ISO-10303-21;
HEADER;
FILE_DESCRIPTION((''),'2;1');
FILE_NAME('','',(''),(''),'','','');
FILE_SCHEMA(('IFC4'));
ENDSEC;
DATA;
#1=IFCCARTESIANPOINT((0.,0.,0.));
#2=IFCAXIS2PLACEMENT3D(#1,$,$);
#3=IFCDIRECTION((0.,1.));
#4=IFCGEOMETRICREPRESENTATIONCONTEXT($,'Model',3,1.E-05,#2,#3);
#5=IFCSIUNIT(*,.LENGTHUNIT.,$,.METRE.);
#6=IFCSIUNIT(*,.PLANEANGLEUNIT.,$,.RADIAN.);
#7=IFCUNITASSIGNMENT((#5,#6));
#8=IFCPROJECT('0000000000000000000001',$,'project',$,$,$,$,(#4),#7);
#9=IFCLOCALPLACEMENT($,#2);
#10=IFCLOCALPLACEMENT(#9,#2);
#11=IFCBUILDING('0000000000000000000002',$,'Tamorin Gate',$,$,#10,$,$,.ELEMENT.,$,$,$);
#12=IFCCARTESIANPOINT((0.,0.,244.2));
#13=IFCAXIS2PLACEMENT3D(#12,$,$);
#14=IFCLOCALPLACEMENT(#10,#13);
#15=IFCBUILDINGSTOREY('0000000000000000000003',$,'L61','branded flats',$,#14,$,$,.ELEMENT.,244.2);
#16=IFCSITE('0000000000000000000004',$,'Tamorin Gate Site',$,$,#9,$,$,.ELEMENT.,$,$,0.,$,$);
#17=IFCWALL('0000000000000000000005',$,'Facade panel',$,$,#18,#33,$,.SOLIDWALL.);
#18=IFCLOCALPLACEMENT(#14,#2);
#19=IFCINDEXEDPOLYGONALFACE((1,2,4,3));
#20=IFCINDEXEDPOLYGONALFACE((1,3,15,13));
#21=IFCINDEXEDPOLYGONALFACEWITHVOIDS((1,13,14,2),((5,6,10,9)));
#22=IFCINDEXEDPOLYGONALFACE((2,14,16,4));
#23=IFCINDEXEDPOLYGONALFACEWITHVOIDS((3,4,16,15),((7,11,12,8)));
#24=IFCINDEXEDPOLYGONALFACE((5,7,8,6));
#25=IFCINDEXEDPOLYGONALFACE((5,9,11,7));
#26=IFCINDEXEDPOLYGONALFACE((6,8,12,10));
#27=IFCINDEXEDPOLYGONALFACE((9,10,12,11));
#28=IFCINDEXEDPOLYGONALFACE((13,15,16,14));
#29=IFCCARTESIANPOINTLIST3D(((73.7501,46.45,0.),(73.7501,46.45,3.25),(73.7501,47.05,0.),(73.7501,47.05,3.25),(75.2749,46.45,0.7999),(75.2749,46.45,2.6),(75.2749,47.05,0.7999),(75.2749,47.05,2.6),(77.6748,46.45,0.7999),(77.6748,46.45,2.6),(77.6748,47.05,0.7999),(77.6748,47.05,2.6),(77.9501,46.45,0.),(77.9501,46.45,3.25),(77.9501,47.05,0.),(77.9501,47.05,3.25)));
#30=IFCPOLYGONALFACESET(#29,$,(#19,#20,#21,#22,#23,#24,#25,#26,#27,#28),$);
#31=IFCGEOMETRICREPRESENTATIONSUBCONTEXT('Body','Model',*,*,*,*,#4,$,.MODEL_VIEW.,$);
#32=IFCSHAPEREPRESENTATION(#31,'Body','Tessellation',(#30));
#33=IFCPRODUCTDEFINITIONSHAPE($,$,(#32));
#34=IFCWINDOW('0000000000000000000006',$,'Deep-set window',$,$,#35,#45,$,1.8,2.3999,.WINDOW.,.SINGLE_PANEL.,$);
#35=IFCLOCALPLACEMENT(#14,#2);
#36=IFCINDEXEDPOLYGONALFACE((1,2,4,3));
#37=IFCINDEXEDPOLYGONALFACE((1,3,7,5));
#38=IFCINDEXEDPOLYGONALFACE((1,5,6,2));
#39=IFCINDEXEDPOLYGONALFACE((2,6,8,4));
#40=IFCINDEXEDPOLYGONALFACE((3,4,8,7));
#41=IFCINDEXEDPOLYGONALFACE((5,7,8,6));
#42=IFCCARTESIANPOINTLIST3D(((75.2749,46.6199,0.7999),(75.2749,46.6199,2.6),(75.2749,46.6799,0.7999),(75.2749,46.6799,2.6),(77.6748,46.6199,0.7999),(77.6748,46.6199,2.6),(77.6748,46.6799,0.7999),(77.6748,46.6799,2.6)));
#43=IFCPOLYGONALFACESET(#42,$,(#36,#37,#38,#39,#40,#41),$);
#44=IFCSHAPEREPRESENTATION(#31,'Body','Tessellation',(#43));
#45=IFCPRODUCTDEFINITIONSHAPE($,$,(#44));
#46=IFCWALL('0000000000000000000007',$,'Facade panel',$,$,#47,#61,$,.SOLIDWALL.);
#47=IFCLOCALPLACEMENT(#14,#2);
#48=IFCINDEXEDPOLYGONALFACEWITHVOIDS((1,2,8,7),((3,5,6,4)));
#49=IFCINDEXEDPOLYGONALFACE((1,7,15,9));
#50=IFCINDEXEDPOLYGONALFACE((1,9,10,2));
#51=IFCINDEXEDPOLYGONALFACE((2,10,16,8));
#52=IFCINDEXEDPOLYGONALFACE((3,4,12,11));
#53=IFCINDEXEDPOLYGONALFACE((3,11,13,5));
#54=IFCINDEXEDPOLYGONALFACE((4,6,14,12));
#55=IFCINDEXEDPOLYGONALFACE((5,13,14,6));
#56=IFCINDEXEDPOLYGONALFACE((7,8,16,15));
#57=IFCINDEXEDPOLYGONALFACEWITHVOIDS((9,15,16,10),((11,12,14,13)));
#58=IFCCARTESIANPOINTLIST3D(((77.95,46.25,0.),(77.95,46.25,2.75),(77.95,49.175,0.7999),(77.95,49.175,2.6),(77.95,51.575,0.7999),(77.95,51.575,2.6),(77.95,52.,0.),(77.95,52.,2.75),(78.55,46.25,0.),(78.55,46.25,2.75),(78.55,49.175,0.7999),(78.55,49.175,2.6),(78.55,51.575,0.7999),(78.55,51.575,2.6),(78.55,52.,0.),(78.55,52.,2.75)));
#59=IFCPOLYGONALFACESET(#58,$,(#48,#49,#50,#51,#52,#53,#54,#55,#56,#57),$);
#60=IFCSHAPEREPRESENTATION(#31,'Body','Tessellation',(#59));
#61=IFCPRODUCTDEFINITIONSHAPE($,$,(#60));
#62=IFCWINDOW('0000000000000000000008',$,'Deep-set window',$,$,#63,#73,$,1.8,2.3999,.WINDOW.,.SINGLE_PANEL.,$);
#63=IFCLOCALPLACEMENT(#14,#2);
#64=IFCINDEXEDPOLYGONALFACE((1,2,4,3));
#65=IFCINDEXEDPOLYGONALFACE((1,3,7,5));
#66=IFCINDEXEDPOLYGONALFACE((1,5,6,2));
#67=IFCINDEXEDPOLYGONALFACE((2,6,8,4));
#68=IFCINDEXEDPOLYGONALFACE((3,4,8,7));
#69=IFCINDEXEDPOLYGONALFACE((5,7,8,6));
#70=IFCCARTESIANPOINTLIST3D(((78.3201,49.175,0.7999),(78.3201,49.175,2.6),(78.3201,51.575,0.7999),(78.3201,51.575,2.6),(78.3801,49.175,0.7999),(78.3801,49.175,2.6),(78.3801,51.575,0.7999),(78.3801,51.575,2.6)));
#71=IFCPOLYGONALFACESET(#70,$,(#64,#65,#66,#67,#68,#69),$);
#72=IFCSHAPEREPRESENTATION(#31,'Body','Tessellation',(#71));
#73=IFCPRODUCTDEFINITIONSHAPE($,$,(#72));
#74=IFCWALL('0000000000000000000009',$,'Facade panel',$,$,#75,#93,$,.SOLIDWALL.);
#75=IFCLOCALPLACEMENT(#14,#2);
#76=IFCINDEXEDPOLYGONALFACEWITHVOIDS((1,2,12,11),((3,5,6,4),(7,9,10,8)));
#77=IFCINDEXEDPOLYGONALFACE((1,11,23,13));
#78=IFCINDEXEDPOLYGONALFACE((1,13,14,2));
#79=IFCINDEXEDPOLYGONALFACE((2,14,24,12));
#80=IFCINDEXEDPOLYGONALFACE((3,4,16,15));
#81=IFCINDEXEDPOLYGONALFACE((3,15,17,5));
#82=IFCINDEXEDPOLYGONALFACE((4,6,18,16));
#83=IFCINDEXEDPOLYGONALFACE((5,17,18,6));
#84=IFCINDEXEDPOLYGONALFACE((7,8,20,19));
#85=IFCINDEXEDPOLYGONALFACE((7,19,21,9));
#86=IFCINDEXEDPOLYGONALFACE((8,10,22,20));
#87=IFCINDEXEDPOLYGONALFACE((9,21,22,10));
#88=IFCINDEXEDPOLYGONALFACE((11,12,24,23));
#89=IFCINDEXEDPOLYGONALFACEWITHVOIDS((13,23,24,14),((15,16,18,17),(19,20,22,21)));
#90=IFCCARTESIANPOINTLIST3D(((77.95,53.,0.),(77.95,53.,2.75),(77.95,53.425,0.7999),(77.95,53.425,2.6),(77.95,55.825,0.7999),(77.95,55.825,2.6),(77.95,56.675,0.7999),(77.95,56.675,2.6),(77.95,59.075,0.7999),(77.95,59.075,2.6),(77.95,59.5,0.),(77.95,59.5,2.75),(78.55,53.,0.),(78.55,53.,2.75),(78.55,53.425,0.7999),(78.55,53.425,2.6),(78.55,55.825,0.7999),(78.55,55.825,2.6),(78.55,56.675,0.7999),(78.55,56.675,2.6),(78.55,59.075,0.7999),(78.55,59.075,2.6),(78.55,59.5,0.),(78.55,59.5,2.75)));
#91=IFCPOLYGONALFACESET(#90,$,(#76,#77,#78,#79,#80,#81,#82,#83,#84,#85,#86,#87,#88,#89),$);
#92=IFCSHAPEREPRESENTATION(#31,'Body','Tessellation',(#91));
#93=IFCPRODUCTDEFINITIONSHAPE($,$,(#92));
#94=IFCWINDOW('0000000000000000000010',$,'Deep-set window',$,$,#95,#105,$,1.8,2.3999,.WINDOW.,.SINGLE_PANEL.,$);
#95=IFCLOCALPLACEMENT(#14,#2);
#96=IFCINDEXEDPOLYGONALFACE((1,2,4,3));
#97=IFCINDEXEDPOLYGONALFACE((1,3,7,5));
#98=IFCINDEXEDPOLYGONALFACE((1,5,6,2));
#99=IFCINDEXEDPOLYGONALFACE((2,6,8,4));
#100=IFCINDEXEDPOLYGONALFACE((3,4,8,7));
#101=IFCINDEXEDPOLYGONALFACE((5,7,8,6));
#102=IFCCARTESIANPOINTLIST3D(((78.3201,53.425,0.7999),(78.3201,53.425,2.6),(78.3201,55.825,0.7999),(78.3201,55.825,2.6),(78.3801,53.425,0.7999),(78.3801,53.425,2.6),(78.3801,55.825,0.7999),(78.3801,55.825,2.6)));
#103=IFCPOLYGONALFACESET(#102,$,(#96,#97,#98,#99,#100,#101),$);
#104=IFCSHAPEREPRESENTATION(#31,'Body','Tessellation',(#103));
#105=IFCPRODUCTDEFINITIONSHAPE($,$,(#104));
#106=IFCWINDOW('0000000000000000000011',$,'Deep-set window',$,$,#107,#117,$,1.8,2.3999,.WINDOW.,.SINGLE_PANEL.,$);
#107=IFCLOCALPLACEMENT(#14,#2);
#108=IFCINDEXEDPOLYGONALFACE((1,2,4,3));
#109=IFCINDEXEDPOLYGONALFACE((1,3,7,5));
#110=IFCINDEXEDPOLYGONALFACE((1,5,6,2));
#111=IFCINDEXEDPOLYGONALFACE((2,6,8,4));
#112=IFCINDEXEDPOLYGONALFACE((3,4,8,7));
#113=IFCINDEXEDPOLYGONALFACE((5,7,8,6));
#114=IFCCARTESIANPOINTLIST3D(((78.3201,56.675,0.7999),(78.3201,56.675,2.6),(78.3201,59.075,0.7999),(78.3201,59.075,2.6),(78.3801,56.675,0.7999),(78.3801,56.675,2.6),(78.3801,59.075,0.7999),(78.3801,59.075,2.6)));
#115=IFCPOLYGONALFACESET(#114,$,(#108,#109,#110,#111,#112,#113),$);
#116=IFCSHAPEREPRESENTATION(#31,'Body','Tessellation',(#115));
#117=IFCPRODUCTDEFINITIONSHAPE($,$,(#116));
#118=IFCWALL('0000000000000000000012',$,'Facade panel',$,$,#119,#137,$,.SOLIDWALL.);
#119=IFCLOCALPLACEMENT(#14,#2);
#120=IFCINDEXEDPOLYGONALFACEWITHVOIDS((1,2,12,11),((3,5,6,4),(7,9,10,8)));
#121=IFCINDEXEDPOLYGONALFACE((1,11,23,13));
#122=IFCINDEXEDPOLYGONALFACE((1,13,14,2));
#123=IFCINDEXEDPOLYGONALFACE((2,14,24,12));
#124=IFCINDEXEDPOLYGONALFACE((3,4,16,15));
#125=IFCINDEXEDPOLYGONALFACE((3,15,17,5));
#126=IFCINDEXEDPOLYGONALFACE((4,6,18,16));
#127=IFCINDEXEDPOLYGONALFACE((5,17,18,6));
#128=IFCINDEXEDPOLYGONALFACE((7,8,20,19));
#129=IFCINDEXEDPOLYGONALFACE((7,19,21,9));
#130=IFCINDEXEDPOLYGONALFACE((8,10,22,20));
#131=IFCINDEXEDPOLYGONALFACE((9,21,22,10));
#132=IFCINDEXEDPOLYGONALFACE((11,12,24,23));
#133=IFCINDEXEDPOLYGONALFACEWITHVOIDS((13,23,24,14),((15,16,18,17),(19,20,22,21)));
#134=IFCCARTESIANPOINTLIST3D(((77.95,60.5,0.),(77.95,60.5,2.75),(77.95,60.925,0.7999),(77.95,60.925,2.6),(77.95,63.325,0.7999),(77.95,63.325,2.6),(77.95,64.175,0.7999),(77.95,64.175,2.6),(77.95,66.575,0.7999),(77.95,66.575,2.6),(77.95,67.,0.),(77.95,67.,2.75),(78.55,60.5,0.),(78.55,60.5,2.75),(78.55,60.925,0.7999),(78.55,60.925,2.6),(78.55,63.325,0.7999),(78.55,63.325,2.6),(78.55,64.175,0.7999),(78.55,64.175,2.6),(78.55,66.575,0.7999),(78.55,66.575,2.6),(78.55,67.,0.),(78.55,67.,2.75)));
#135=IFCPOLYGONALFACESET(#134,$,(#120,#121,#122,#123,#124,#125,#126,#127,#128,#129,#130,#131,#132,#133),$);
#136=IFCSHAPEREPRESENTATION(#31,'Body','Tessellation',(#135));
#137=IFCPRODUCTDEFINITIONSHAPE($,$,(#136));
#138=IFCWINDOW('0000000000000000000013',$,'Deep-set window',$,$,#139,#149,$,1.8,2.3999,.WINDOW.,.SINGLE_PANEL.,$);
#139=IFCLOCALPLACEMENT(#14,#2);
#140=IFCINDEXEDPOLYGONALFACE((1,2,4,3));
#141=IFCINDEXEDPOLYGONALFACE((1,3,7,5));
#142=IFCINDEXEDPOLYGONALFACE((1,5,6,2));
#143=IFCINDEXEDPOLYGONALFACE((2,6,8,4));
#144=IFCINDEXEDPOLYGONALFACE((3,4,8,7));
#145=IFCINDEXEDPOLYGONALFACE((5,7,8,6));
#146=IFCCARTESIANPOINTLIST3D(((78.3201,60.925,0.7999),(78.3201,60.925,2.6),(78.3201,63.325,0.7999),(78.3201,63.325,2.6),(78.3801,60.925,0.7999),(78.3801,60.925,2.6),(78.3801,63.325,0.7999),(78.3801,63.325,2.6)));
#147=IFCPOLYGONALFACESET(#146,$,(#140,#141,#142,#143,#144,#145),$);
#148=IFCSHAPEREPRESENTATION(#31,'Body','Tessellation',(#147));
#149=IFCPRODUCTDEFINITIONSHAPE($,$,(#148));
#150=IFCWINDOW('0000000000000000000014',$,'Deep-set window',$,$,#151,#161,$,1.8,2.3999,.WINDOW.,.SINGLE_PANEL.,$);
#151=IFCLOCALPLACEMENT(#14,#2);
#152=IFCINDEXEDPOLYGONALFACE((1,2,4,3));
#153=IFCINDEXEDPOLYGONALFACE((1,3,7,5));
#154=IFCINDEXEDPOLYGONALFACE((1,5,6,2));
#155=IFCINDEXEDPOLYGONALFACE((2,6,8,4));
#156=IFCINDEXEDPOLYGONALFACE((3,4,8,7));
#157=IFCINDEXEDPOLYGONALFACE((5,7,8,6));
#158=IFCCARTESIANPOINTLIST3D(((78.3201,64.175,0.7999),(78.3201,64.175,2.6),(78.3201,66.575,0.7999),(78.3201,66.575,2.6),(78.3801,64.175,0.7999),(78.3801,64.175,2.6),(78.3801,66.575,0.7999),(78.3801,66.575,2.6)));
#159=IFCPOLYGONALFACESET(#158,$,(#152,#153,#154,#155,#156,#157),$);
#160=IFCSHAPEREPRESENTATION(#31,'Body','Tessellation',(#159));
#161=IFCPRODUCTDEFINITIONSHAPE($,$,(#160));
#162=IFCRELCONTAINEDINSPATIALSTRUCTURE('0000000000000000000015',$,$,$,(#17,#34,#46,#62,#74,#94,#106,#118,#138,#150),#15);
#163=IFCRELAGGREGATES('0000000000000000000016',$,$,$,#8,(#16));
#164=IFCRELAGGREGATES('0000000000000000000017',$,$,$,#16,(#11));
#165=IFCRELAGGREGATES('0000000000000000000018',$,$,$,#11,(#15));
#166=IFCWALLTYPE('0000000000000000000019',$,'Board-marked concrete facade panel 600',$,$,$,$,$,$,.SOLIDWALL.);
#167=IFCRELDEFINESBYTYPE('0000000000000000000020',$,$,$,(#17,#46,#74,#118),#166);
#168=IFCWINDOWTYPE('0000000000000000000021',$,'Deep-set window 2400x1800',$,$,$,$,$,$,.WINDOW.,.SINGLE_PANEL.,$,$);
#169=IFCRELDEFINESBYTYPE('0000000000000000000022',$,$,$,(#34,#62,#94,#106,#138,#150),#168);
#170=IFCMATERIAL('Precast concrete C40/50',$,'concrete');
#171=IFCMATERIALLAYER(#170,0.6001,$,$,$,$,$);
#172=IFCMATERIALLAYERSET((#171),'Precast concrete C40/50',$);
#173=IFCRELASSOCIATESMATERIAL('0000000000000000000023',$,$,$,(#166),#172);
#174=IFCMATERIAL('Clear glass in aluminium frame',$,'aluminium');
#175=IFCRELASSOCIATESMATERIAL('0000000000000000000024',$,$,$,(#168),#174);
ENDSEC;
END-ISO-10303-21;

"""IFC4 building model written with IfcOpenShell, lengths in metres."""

from ifc_helpers import new_model, si_unit, direction, frame, frame_2d, origin, place, context, subcontext, project, spatial, rectangle, extrude, material, layer, layer_set, type_object, element, fill, save


model = new_model("IFC4")

# Units and contexts
model_context = context("Model", 3, precision=1e-05, world=origin(), true_north=direction((0.0, 1.0)))
body_context = subcontext(model_context, "Body", "Model", "MODEL_VIEW")
ifc_project = project(units=[si_unit("LENGTHUNIT", "METRE"), si_unit("PLANEANGLEUNIT", "RADIAN")], contexts=[model_context])

# Site, building, storey
site_placement = place(None, origin())
site = spatial("IfcSite", under=ifc_project, at=site_placement, Name="Tamorin Gate Site", CompositionType="ELEMENT", RefElevation=0.0)
building_placement = place(site_placement, origin())
building = spatial("IfcBuilding", under=site, at=building_placement, Name="Tamorin Gate", CompositionType="ELEMENT")
storey_placement = place(building_placement, frame((0.0, 0.0, 244.2)))
storey = spatial("IfcBuildingStorey", under=building, at=storey_placement, Name="L61", Description="branded flats", CompositionType="ELEMENT", Elevation=244.2)

# Walls, openings, windows
ifc_material_1 = material(Name="Precast concrete C40/50", Category="concrete")
ifc_layer = layer(ifc_material_1, 0.6001)
ifc_layer_set = layer_set([ifc_layer], Name="Precast concrete C40/50")
wall_type = type_object("IfcWallType", Name="Board-marked concrete facade panel 600", PredefinedType="SOLIDWALL", material=ifc_layer_set)
ifc_material_2 = material(Name="Clear glass in aluminium frame", Category="aluminium")
window_type = type_object("IfcWindowType", Name="Deep-set window 2400x1800", PartitioningType="SINGLE_PANEL", PredefinedType="WINDOW", material=ifc_material_2)
wall_1_placement = place(storey_placement, frame((73.75, 46.75, 0.0), z_axis=(0.0, 0.0, 1.0), x_axis=(1.0, 0.0, 0.0)))
wall_1 = element("IfcWall", 1, at=wall_1_placement, inside=storey, type_object=wall_type, Name="Facade panel", PredefinedType="SOLIDWALL", context=body_context, shape_type="SweptSolid", body=[
    extrude(rectangle(XDim=4.2, YDim=0.6001, at=frame_2d((2.1001, 0.0))), origin(), (0.0, 0.0, 1.0), 3.25),
])
opening_1_placement = place(wall_1_placement, frame((1.5249, 0.0, 0.8)))
opening_1 = element("IfcOpeningElement", 2, at=opening_1_placement, cuts=wall_1, PredefinedType="OPENING", context=body_context, shape_type="SweptSolid", body=[
    extrude(rectangle(XDim=2.3999, YDim=1.8, at=frame_2d((1.2, 0.8999))), frame((0.0, 0.3101, 0.0), z_axis=(0.0, -1.0, 0.0), x_axis=(1.0, 0.0, 0.0)), (0.0, 0.0, 1.0), 0.6201),
])
window_1_placement = place(opening_1_placement, origin())
window_1 = element("IfcWindow", 3, at=window_1_placement, inside=storey, type_object=window_type, Name="Deep-set window", OverallHeight=1.8, OverallWidth=2.3999, PartitioningType="SINGLE_PANEL", PredefinedType="WINDOW", context=body_context, shape_type="SweptSolid", body=[
    extrude(rectangle(XDim=2.3999, YDim=1.8, at=frame_2d((1.2, 0.8999))), frame((0.0, -0.0701, 0.0), z_axis=(0.0, -1.0, 0.0), x_axis=(1.0, 0.0, 0.0)), (0.0, 0.0, 1.0), 0.0601),
])
fill(opening_1, window_1)
wall_2_placement = place(storey_placement, frame((78.25, 46.25, 0.0), z_axis=(0.0, 0.0, 1.0), x_axis=(0.0, 1.0, 0.0)))
wall_2 = element("IfcWall", 4, at=wall_2_placement, inside=storey, type_object=wall_type, Name="Facade panel", PredefinedType="SOLIDWALL", context=body_context, shape_type="SweptSolid", body=[
    extrude(rectangle(XDim=5.75, YDim=0.6001, at=frame_2d((2.875, 0.0))), origin(), (0.0, 0.0, 1.0), 2.75),
])
opening_2_placement = place(wall_2_placement, frame((2.925, 0.0, 0.8)))
opening_2 = element("IfcOpeningElement", 5, at=opening_2_placement, cuts=wall_2, PredefinedType="OPENING", context=body_context, shape_type="SweptSolid", body=[
    extrude(rectangle(XDim=2.3999, YDim=1.8, at=frame_2d((1.2, 0.8999))), frame((0.0, 0.3101, 0.0), z_axis=(0.0, -1.0, 0.0), x_axis=(1.0, 0.0, 0.0)), (0.0, 0.0, 1.0), 0.6201),
])
window_2_placement = place(opening_2_placement, origin())
window_2 = element("IfcWindow", 6, at=window_2_placement, inside=storey, type_object=window_type, Name="Deep-set window", OverallHeight=1.8, OverallWidth=2.3999, PartitioningType="SINGLE_PANEL", PredefinedType="WINDOW", context=body_context, shape_type="SweptSolid", body=[
    extrude(rectangle(XDim=2.3999, YDim=1.8, at=frame_2d((1.2, 0.8999))), frame((0.0, -0.0701, 0.0), z_axis=(0.0, -1.0, 0.0), x_axis=(1.0, 0.0, 0.0)), (0.0, 0.0, 1.0), 0.0601),
])
fill(opening_2, window_2)

# Walls, openings, windows
wall_3_placement = place(storey_placement, frame((78.25, 53.0, 0.0), z_axis=(0.0, 0.0, 1.0), x_axis=(0.0, 1.0, 0.0)))
wall_3 = element("IfcWall", 7, at=wall_3_placement, inside=storey, type_object=wall_type, Name="Facade panel", PredefinedType="SOLIDWALL", context=body_context, shape_type="SweptSolid", body=[
    extrude(rectangle(XDim=6.5, YDim=0.6001, at=frame_2d((3.25, 0.0))), origin(), (0.0, 0.0, 1.0), 2.75),
])
opening_3_placement = place(wall_3_placement, frame((0.425, 0.0, 0.8)))
opening_3 = element("IfcOpeningElement", 8, at=opening_3_placement, cuts=wall_3, PredefinedType="OPENING", context=body_context, shape_type="SweptSolid", body=[
    extrude(rectangle(XDim=2.3999, YDim=1.8, at=frame_2d((1.2, 0.8999))), frame((0.0, 0.3101, 0.0), z_axis=(0.0, -1.0, 0.0), x_axis=(1.0, 0.0, 0.0)), (0.0, 0.0, 1.0), 0.6201),
])
opening_4_placement = place(wall_3_placement, frame((3.675, 0.0, 0.8)))
opening_4 = element("IfcOpeningElement", 9, at=opening_4_placement, cuts=wall_3, PredefinedType="OPENING", context=body_context, shape_type="SweptSolid", body=[
    extrude(rectangle(XDim=2.3999, YDim=1.8, at=frame_2d((1.2, 0.8999))), frame((0.0, 0.3101, 0.0), z_axis=(0.0, -1.0, 0.0), x_axis=(1.0, 0.0, 0.0)), (0.0, 0.0, 1.0), 0.6201),
])
window_3_placement = place(opening_3_placement, origin())
window_3 = element("IfcWindow", 10, at=window_3_placement, inside=storey, type_object=window_type, Name="Deep-set window", OverallHeight=1.8, OverallWidth=2.3999, PartitioningType="SINGLE_PANEL", PredefinedType="WINDOW", context=body_context, shape_type="SweptSolid", body=[
    extrude(rectangle(XDim=2.3999, YDim=1.8, at=frame_2d((1.2, 0.8999))), frame((0.0, -0.0701, 0.0), z_axis=(0.0, -1.0, 0.0), x_axis=(1.0, 0.0, 0.0)), (0.0, 0.0, 1.0), 0.0601),
])
fill(opening_3, window_3)
window_4_placement = place(opening_4_placement, origin())
window_4 = element("IfcWindow", 11, at=window_4_placement, inside=storey, type_object=window_type, Name="Deep-set window", OverallHeight=1.8, OverallWidth=2.3999, PartitioningType="SINGLE_PANEL", PredefinedType="WINDOW", context=body_context, shape_type="SweptSolid", body=[
    extrude(rectangle(XDim=2.3999, YDim=1.8, at=frame_2d((1.2, 0.8999))), frame((0.0, -0.0701, 0.0), z_axis=(0.0, -1.0, 0.0), x_axis=(1.0, 0.0, 0.0)), (0.0, 0.0, 1.0), 0.0601),
])
fill(opening_4, window_4)
wall_4_placement = place(storey_placement, frame((78.25, 60.5, 0.0), z_axis=(0.0, 0.0, 1.0), x_axis=(0.0, 1.0, 0.0)))
wall_4 = element("IfcWall", 12, at=wall_4_placement, inside=storey, type_object=wall_type, Name="Facade panel", PredefinedType="SOLIDWALL", context=body_context, shape_type="SweptSolid", body=[
    extrude(rectangle(XDim=6.5, YDim=0.6001, at=frame_2d((3.25, 0.0))), origin(), (0.0, 0.0, 1.0), 2.75),
])
opening_5_placement = place(wall_4_placement, frame((0.425, 0.0, 0.8)))
opening_5 = element("IfcOpeningElement", 13, at=opening_5_placement, cuts=wall_4, PredefinedType="OPENING", context=body_context, shape_type="SweptSolid", body=[
    extrude(rectangle(XDim=2.3999, YDim=1.8, at=frame_2d((1.2, 0.8999))), frame((0.0, 0.3101, 0.0), z_axis=(0.0, -1.0, 0.0), x_axis=(1.0, 0.0, 0.0)), (0.0, 0.0, 1.0), 0.6201),
])
opening_6_placement = place(wall_4_placement, frame((3.675, 0.0, 0.8)))
opening_6 = element("IfcOpeningElement", 14, at=opening_6_placement, cuts=wall_4, PredefinedType="OPENING", context=body_context, shape_type="SweptSolid", body=[
    extrude(rectangle(XDim=2.3999, YDim=1.8, at=frame_2d((1.2, 0.8999))), frame((0.0, 0.3101, 0.0), z_axis=(0.0, -1.0, 0.0), x_axis=(1.0, 0.0, 0.0)), (0.0, 0.0, 1.0), 0.6201),
])
window_5_placement = place(opening_5_placement, origin())
window_5 = element("IfcWindow", 15, at=window_5_placement, inside=storey, type_object=window_type, Name="Deep-set window", OverallHeight=1.8, OverallWidth=2.3999, PartitioningType="SINGLE_PANEL", PredefinedType="WINDOW", context=body_context, shape_type="SweptSolid", body=[
    extrude(rectangle(XDim=2.3999, YDim=1.8, at=frame_2d((1.2, 0.8999))), frame((0.0, -0.0701, 0.0), z_axis=(0.0, -1.0, 0.0), x_axis=(1.0, 0.0, 0.0)), (0.0, 0.0, 1.0), 0.0601),
])
fill(opening_5, window_5)
window_6_placement = place(opening_6_placement, origin())
window_6 = element("IfcWindow", 16, at=window_6_placement, inside=storey, type_object=window_type, Name="Deep-set window", OverallHeight=1.8, OverallWidth=2.3999, PartitioningType="SINGLE_PANEL", PredefinedType="WINDOW", context=body_context, shape_type="SweptSolid", body=[
    extrude(rectangle(XDim=2.3999, YDim=1.8, at=frame_2d((1.2, 0.8999))), frame((0.0, -0.0701, 0.0), z_axis=(0.0, -1.0, 0.0), x_axis=(1.0, 0.0, 0.0)), (0.0, 0.0, 1.0), 0.0601),
])
fill(opening_6, window_6)

save(model, "model.ifc")
